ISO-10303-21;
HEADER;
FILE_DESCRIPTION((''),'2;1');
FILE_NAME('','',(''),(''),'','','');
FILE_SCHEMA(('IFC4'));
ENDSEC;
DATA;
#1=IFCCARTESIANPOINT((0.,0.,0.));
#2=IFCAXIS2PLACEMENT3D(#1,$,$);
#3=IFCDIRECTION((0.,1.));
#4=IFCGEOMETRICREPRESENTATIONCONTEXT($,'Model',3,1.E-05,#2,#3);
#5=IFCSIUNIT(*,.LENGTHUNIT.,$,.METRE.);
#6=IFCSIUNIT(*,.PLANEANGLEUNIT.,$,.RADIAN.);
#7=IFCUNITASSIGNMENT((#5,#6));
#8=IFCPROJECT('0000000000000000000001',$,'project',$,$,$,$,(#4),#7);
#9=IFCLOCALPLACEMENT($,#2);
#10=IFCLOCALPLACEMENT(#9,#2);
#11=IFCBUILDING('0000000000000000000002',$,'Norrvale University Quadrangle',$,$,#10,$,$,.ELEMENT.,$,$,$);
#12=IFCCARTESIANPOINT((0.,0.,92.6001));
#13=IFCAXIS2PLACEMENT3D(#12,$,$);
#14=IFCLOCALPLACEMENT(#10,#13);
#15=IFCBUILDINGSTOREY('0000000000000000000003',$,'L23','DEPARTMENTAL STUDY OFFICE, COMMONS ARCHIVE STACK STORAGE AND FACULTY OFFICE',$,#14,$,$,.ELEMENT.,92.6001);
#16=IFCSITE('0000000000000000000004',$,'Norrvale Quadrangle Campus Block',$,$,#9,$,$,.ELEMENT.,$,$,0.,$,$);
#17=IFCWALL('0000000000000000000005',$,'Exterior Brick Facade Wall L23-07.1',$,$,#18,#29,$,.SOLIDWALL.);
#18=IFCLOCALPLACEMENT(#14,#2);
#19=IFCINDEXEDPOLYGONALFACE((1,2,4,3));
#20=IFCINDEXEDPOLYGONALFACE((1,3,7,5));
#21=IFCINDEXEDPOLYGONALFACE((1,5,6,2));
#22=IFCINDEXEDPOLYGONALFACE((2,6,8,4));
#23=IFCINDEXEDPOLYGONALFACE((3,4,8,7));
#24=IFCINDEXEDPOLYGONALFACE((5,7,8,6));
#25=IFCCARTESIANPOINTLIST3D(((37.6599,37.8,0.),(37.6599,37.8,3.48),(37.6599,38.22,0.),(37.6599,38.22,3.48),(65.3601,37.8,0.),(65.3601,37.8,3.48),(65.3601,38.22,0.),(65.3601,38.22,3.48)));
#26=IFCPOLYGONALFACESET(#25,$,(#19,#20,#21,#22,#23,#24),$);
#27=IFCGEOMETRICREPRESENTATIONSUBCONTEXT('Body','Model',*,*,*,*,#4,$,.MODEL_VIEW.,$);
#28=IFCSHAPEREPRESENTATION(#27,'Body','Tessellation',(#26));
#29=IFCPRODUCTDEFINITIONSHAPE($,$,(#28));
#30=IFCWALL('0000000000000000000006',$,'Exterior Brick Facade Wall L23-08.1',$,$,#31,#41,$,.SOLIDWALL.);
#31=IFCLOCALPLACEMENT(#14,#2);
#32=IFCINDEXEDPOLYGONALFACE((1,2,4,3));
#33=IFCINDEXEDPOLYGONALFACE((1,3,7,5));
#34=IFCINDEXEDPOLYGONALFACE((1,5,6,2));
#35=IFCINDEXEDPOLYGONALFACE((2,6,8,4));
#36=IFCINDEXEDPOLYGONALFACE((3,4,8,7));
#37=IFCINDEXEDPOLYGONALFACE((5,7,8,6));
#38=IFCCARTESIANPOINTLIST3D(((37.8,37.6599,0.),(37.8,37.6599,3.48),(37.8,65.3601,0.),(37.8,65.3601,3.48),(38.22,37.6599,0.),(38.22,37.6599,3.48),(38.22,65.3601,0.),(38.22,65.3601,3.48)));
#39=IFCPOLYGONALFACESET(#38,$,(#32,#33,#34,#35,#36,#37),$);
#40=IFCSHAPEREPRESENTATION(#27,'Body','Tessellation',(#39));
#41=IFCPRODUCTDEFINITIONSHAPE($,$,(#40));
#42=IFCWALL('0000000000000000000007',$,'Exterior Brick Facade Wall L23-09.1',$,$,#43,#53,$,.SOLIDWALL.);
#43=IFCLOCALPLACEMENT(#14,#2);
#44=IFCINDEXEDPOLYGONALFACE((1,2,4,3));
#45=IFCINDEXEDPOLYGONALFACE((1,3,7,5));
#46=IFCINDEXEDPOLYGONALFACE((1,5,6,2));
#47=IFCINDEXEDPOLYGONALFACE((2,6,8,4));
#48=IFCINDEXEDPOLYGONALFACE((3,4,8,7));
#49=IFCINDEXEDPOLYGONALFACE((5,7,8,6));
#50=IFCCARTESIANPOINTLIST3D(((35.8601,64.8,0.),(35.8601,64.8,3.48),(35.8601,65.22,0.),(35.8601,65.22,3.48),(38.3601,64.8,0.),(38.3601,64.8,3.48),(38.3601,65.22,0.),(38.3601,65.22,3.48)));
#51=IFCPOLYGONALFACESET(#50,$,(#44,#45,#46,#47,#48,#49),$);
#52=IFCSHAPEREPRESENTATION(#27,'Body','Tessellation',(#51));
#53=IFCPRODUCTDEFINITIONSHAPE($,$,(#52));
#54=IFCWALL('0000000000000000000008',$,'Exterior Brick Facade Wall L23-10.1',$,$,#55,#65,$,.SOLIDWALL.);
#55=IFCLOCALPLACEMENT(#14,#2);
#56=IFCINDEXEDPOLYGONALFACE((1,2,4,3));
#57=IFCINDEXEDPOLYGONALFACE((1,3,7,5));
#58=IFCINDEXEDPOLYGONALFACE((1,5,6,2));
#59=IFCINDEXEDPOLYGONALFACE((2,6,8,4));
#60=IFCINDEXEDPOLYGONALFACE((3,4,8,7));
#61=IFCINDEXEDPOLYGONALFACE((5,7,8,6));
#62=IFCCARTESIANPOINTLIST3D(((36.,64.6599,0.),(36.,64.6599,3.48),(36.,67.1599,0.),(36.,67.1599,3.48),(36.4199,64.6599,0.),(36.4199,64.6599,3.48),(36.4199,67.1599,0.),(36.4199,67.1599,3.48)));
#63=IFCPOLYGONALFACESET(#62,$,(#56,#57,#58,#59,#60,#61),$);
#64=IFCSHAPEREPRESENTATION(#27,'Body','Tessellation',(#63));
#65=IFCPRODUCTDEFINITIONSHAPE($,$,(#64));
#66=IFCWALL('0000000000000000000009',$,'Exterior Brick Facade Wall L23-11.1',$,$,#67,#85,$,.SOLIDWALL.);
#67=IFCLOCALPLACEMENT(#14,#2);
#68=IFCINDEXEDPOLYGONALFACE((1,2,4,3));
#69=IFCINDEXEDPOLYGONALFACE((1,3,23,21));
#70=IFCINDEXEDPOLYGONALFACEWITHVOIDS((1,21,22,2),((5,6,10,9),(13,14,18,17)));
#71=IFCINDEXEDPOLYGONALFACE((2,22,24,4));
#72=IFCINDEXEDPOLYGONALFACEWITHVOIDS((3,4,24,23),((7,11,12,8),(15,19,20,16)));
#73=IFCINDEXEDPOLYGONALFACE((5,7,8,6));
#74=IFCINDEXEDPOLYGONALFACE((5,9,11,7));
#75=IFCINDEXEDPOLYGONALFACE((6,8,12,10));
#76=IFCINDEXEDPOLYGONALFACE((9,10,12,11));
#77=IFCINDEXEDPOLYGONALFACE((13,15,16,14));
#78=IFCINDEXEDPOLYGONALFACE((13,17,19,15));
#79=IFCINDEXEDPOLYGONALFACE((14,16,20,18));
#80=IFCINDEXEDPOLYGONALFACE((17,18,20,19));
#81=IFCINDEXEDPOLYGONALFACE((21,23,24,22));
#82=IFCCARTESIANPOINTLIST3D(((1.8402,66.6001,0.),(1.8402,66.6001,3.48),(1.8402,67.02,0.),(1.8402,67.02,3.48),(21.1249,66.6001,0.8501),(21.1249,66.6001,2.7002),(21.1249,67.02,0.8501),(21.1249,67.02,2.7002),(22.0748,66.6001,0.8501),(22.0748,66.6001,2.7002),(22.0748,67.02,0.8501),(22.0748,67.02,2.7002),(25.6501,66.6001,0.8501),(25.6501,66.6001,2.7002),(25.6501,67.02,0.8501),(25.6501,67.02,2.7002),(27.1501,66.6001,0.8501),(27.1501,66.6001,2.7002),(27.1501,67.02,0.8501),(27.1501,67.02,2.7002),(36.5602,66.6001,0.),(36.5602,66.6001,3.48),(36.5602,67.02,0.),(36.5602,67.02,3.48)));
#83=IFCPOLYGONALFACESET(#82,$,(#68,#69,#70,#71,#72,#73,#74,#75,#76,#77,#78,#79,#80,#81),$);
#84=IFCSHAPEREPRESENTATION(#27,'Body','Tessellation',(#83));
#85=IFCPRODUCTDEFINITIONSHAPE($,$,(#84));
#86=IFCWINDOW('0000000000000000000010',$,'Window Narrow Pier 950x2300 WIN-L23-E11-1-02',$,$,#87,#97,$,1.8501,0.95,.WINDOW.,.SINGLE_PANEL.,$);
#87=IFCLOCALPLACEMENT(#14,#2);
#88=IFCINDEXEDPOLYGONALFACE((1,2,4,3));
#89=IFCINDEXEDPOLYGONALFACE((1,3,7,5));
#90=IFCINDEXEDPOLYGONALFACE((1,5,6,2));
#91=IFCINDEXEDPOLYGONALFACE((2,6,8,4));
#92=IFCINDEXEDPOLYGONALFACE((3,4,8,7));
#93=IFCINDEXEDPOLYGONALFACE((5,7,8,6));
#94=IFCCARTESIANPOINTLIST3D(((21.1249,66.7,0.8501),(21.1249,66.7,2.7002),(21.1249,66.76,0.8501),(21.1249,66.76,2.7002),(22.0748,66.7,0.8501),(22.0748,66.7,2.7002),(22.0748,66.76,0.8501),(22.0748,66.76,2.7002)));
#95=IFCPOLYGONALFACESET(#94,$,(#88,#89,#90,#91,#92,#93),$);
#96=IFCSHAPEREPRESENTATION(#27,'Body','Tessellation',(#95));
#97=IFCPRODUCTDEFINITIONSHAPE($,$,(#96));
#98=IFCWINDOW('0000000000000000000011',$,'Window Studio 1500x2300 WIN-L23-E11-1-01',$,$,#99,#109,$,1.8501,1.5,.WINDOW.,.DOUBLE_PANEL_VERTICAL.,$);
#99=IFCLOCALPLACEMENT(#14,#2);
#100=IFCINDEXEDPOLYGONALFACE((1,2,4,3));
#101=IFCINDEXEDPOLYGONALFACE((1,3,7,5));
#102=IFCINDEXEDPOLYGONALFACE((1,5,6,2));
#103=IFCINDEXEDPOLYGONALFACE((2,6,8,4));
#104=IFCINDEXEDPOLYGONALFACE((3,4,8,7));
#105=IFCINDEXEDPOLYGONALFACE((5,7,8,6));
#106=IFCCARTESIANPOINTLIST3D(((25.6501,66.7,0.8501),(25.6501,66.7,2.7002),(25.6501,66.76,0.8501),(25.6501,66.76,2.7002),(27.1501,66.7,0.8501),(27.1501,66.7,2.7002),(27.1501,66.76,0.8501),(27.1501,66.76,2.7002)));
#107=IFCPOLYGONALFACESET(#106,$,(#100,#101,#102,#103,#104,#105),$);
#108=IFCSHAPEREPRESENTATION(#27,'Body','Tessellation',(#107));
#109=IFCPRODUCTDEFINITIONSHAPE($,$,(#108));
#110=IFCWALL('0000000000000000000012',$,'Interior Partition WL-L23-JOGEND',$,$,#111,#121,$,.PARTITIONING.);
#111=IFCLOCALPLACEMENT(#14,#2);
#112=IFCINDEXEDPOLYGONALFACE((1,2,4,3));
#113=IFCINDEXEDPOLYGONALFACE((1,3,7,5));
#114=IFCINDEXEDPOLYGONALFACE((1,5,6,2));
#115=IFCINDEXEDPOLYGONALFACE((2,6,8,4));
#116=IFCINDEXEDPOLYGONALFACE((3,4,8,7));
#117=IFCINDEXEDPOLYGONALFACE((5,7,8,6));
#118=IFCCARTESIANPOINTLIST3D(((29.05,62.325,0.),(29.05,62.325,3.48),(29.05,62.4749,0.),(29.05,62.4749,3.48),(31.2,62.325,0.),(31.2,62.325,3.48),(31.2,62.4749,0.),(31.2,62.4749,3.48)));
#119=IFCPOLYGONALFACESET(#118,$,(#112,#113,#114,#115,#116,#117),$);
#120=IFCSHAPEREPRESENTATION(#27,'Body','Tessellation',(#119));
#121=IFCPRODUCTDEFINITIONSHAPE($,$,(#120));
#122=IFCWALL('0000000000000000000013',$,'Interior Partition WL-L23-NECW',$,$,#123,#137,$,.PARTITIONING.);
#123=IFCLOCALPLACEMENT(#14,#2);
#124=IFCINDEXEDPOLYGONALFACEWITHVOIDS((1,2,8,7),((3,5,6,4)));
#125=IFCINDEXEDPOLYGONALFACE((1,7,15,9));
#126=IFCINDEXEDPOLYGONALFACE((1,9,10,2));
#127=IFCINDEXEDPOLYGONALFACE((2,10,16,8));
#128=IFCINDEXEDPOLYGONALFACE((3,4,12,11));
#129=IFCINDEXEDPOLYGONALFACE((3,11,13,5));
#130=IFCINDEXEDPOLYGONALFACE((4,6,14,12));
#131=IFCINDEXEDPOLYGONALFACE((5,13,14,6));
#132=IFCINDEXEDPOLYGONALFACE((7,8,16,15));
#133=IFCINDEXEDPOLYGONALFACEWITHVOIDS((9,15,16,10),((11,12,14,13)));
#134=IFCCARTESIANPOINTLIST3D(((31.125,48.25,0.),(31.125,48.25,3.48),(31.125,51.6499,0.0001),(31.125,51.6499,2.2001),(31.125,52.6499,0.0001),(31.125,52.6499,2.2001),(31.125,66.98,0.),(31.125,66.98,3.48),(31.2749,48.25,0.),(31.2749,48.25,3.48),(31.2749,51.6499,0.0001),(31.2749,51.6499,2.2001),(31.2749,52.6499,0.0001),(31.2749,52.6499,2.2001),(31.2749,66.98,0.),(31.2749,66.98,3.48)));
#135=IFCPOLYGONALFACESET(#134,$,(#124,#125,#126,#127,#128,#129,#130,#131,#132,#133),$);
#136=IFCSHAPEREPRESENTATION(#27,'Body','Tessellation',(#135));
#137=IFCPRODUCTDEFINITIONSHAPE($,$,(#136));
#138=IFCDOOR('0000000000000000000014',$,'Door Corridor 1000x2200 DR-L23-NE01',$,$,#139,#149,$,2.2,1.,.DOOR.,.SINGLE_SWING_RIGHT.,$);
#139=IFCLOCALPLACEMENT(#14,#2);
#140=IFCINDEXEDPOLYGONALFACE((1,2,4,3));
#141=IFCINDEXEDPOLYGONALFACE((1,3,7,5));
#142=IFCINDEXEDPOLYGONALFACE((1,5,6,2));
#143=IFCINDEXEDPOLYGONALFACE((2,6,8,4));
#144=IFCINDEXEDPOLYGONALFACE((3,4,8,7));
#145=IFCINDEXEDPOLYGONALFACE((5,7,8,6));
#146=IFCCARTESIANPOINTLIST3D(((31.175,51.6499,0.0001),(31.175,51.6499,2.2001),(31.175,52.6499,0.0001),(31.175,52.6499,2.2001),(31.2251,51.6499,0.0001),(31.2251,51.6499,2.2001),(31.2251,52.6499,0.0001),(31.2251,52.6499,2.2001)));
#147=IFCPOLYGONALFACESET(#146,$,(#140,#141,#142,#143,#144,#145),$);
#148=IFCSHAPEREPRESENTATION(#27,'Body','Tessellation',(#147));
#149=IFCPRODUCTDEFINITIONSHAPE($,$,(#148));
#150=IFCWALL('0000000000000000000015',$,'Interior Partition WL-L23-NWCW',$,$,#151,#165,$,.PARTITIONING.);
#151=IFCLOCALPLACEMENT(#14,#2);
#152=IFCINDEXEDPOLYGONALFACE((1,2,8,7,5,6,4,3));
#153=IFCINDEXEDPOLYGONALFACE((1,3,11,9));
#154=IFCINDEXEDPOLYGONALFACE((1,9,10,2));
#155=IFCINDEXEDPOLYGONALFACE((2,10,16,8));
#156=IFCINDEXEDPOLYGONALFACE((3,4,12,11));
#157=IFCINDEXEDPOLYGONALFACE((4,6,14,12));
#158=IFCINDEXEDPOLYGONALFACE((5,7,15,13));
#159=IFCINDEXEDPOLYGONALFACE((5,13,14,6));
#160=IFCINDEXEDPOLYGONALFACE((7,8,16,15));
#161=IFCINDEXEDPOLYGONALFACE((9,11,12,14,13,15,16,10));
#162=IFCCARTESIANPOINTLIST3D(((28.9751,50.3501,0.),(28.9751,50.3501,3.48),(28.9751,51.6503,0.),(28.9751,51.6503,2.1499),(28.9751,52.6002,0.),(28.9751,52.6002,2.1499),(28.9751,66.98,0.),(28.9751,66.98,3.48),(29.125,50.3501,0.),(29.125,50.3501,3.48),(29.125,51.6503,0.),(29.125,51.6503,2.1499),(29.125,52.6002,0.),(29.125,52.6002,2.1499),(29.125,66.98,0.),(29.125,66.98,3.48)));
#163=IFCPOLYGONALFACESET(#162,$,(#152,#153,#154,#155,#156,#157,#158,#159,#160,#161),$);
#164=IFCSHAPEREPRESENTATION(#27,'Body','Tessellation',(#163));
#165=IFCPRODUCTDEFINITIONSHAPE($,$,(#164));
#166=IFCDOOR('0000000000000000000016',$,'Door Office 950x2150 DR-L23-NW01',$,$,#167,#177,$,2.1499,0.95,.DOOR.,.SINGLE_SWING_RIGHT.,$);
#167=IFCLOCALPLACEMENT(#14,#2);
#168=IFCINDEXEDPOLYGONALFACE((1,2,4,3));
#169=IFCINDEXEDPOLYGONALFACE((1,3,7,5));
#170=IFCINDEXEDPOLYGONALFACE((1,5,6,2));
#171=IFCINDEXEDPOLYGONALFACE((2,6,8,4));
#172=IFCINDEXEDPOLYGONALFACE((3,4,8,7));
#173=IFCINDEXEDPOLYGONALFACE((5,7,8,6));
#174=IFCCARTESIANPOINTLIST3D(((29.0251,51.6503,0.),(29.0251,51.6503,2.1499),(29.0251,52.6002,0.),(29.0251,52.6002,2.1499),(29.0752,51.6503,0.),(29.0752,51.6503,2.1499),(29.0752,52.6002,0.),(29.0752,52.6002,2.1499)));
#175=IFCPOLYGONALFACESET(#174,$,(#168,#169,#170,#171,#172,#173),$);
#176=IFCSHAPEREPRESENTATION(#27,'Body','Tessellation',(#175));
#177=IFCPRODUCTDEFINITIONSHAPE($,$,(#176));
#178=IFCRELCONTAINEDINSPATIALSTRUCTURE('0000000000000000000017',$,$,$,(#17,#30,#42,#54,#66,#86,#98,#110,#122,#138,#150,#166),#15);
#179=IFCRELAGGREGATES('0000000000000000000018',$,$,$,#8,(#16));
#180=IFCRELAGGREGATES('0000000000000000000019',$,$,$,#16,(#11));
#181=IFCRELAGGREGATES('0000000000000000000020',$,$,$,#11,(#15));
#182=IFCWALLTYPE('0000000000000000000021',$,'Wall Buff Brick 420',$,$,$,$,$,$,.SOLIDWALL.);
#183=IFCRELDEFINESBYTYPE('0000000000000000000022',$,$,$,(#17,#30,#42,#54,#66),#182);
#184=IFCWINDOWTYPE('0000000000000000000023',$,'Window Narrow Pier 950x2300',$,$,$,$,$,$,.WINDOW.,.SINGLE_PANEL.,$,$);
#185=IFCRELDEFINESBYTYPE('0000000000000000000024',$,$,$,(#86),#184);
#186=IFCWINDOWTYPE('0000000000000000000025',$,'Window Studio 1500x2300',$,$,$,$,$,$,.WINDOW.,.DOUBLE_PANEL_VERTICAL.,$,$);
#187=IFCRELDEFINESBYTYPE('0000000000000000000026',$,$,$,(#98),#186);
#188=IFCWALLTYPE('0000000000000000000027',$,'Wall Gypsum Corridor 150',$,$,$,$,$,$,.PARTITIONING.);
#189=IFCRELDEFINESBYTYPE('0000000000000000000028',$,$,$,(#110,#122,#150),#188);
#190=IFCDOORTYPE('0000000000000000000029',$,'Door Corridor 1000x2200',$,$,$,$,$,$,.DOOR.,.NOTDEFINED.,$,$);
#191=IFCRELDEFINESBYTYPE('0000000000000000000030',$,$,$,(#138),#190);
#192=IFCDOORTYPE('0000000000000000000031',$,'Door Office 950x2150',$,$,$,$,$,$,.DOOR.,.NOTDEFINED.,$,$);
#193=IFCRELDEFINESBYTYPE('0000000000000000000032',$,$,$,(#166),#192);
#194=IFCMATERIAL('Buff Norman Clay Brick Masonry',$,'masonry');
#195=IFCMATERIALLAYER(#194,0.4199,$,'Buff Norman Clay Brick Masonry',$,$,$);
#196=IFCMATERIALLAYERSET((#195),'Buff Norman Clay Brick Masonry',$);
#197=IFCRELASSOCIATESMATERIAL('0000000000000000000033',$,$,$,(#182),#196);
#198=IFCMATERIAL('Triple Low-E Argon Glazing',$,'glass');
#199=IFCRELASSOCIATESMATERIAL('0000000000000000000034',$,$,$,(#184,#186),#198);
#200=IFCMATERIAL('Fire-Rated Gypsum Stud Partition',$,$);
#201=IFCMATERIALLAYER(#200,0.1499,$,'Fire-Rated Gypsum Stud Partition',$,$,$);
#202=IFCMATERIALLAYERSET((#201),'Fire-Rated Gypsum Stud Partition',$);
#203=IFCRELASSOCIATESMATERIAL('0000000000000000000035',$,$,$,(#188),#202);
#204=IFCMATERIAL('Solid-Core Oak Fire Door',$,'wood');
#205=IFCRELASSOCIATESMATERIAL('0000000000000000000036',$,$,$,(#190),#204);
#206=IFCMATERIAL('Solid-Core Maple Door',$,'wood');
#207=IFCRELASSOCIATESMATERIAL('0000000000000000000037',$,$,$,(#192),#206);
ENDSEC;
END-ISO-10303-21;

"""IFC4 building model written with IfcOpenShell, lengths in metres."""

from ifc_helpers import new_model, si_unit, direction, frame, frame_2d, origin, place, context, subcontext, project, spatial, rectangle, extrude, material, layer, layer_set, type_object, element, fill, save


model = new_model("IFC4")

# Units and contexts
model_context = context("Model", 3, precision=1e-05, world=origin(), true_north=direction((0.0, 1.0)))
body_context = subcontext(model_context, "Body", "Model", "MODEL_VIEW")
ifc_project = project(units=[si_unit("LENGTHUNIT", "METRE"), si_unit("PLANEANGLEUNIT", "RADIAN")], contexts=[model_context])

# Site, building, storey
site_placement = place(None, origin())
site = spatial("IfcSite", under=ifc_project, at=site_placement, Name="Norrvale Quadrangle Campus Block", CompositionType="ELEMENT", RefElevation=0.0)
building_placement = place(site_placement, origin())
building = spatial("IfcBuilding", under=site, at=building_placement, Name="Norrvale University Quadrangle", CompositionType="ELEMENT")
storey_placement = place(building_placement, frame((0.0, 0.0, 92.6001)))
storey = spatial("IfcBuildingStorey", under=building, at=storey_placement, Name="L23", Description="DEPARTMENTAL STUDY OFFICE, COMMONS ARCHIVE STACK STORAGE AND FACULTY OFFICE", CompositionType="ELEMENT", Elevation=92.6001)

# Walls
ifc_material_1 = material(Name="Buff Norman Clay Brick Masonry", Category="masonry")
ifc_layer_1 = layer(ifc_material_1, 0.4199, Name="Buff Norman Clay Brick Masonry")
ifc_layer_set_1 = layer_set([ifc_layer_1], Name="Buff Norman Clay Brick Masonry")
wall_type_1 = type_object("IfcWallType", Name="Wall Buff Brick 420", PredefinedType="SOLIDWALL", material=ifc_layer_set_1)
for number, where, z_axis, x_axis, name in (
    (1, (65.3601, 38.01, 0.0), (0.0, 0.0, 1.0), (-1.0, 0.0, 0.0), "Exterior Brick Facade Wall L23-07.1"),
    (2, (38.01, 37.6599, 0.0), (0.0, 0.0, 1.0), (0.0, 1.0, 0.0), "Exterior Brick Facade Wall L23-08.1"),
):
    element("IfcWall", number, at=place(storey_placement, frame(where, z_axis=z_axis, x_axis=x_axis)), inside=storey, type_object=wall_type_1, Name=name, PredefinedType="SOLIDWALL", context=body_context, shape_type="SweptSolid", body=[
        extrude(rectangle(XDim=27.7002, YDim=0.4199, at=frame_2d((13.8501, 0.0))), origin(), (0.0, 0.0, 1.0), 3.48),
    ])
for number, where, z_axis, x_axis, name in (
    (3, (38.3601, 65.01, 0.0), (0.0, 0.0, 1.0), (-1.0, 0.0, 0.0), "Exterior Brick Facade Wall L23-09.1"),
    (4, (36.21, 64.6599, 0.0), (0.0, 0.0, 1.0), (0.0, 1.0, 0.0), "Exterior Brick Facade Wall L23-10.1"),
):
    element("IfcWall", number, at=place(storey_placement, frame(where, z_axis=z_axis, x_axis=x_axis)), inside=storey, type_object=wall_type_1, Name=name, PredefinedType="SOLIDWALL", context=body_context, shape_type="SweptSolid", body=[
        extrude(rectangle(XDim=2.5, YDim=0.4199, at=frame_2d((1.25, 0.0))), origin(), (0.0, 0.0, 1.0), 3.48),
    ])

# Wall, openings, windows
wall_1_placement = place(storey_placement, frame((36.5601, 66.8101, 0.0), z_axis=(0.0, 0.0, 1.0), x_axis=(-1.0, 0.0, 0.0)))
wall_1 = element("IfcWall", 5, at=wall_1_placement, inside=storey, type_object=wall_type_1, Name="Exterior Brick Facade Wall L23-11.1", PredefinedType="SOLIDWALL", context=body_context, shape_type="SweptSolid", body=[
    extrude(rectangle(XDim=34.72, YDim=0.4199, at=frame_2d((17.3599, 0.0))), origin(), (0.0, 0.0, 1.0), 3.48),
])
opening_1_placement = place(wall_1_placement, frame((9.4099, 0.0, 0.8501)))
opening_1 = element("IfcOpeningElement", 6, at=opening_1_placement, cuts=wall_1, PredefinedType="OPENING", context=body_context, shape_type="SweptSolid", body=[
    extrude(rectangle(XDim=1.5, YDim=1.8501, at=frame_2d((0.75, 0.925))), frame((0.0, 0.2219, 0.0), z_axis=(0.0, -1.0, 0.0), x_axis=(1.0, 0.0, 0.0)), (0.0, 0.0, 1.0), 0.4438),
])
opening_2_placement = place(wall_1_placement, frame((14.4851, 0.0, 0.8501)))
opening_2 = element("IfcOpeningElement", 7, at=opening_2_placement, cuts=wall_1, PredefinedType="OPENING", context=body_context, shape_type="SweptSolid", body=[
    extrude(rectangle(XDim=0.95, YDim=1.8501, at=frame_2d((0.4751, 0.925))), frame((0.0, 0.2219, 0.0), z_axis=(0.0, -1.0, 0.0), x_axis=(1.0, 0.0, 0.0)), (0.0, 0.0, 1.0), 0.4438),
])
ifc_material_2 = material(Name="Triple Low-E Argon Glazing", Category="glass")
window_type_1 = type_object("IfcWindowType", Name="Window Narrow Pier 950x2300", PartitioningType="SINGLE_PANEL", PredefinedType="WINDOW", material=ifc_material_2)
window_1_placement = place(opening_2_placement, origin())
window_1 = element("IfcWindow", 8, at=window_1_placement, inside=storey, type_object=window_type_1, Name="Window Narrow Pier 950x2300 WIN-L23-E11-1-02", OverallHeight=1.8501, OverallWidth=0.95, PartitioningType="SINGLE_PANEL", PredefinedType="WINDOW", context=body_context, shape_type="SweptSolid", body=[
    extrude(rectangle(XDim=0.95, YDim=1.8501, at=frame_2d((0.4751, 0.925))), frame((0.0, 0.1101, 0.0), z_axis=(0.0, -1.0, 0.0), x_axis=(1.0, 0.0, 0.0)), (0.0, 0.0, 1.0), 0.0601),
])
fill(opening_2, window_1)
window_type_2 = type_object("IfcWindowType", Name="Window Studio 1500x2300", PartitioningType="DOUBLE_PANEL_VERTICAL", PredefinedType="WINDOW", material=ifc_material_2)
window_2_placement = place(opening_1_placement, origin())
window_2 = element("IfcWindow", 9, at=window_2_placement, inside=storey, type_object=window_type_2, Name="Window Studio 1500x2300 WIN-L23-E11-1-01", OverallHeight=1.8501, OverallWidth=1.5, PartitioningType="DOUBLE_PANEL_VERTICAL", PredefinedType="WINDOW", context=body_context, shape_type="SweptSolid", body=[
    extrude(rectangle(XDim=1.5, YDim=1.8501, at=frame_2d((0.75, 0.925))), frame((0.0, 0.1101, 0.0), z_axis=(0.0, -1.0, 0.0), x_axis=(1.0, 0.0, 0.0)), (0.0, 0.0, 1.0), 0.0601),
])
fill(opening_1, window_2)

# Wall
ifc_material_3 = material(Name="Fire-Rated Gypsum Stud Partition")
ifc_layer_2 = layer(ifc_material_3, 0.1499, Name="Fire-Rated Gypsum Stud Partition")
ifc_layer_set_2 = layer_set([ifc_layer_2], Name="Fire-Rated Gypsum Stud Partition")
wall_type_2 = type_object("IfcWallType", Name="Wall Gypsum Corridor 150", PredefinedType="PARTITIONING", material=ifc_layer_set_2)
wall_2_placement = place(storey_placement, frame((29.05, 62.3999, 0.0), z_axis=(0.0, 0.0, 1.0), x_axis=(1.0, 0.0, 0.0)))
element("IfcWall", 10, at=wall_2_placement, inside=storey, type_object=wall_type_2, Name="Interior Partition WL-L23-JOGEND", PredefinedType="PARTITIONING", context=body_context, shape_type="SweptSolid", body=[
    extrude(rectangle(XDim=2.1499, YDim=0.1499, at=frame_2d((1.075, 0.0))), origin(), (0.0, 0.0, 1.0), 3.48),
])

# Walls, openings, doors
wall_3_placement = place(storey_placement, frame((31.2, 48.25, 0.0), z_axis=(0.0, 0.0, 1.0), x_axis=(0.0, 1.0, 0.0)))
wall_3 = element("IfcWall", 11, at=wall_3_placement, inside=storey, type_object=wall_type_2, Name="Interior Partition WL-L23-NECW", PredefinedType="PARTITIONING", context=body_context, shape_type="SweptSolid", body=[
    extrude(rectangle(XDim=18.73, YDim=0.1499, at=frame_2d((9.365, 0.0))), origin(), (0.0, 0.0, 1.0), 3.48),
])
opening_3_placement = place(wall_3_placement, frame((3.3999, 0.0, 0.0)))
opening_3 = element("IfcOpeningElement", 12, at=opening_3_placement, cuts=wall_3, PredefinedType="OPENING", context=body_context, shape_type="SweptSolid", body=[
    extrude(rectangle(XDim=1.0, YDim=2.2, at=frame_2d((0.5, 1.1001))), frame((0.0, 0.0869, 0.0), z_axis=(0.0, -1.0, 0.0), x_axis=(1.0, 0.0, 0.0)), (0.0, 0.0, 1.0), 0.1738),
])
ifc_material_4 = material(Name="Solid-Core Oak Fire Door", Category="wood")
door_type_1 = type_object("IfcDoorType", Name="Door Corridor 1000x2200", OperationType="NOTDEFINED", PredefinedType="DOOR", material=ifc_material_4)
door_1_placement = place(opening_3_placement, origin())
door_1 = element("IfcDoor", 13, at=door_1_placement, inside=storey, type_object=door_type_1, Name="Door Corridor 1000x2200 DR-L23-NE01", OperationType="SINGLE_SWING_RIGHT", OverallHeight=2.2, OverallWidth=1.0, PredefinedType="DOOR", context=body_context, shape_type="SweptSolid", body=[
    extrude(rectangle(XDim=1.0, YDim=2.2, at=frame_2d((0.5, 1.1001))), frame((0.0, 0.0249, 0.0), z_axis=(0.0, -1.0, 0.0), x_axis=(1.0, 0.0, 0.0)), (0.0, 0.0, 1.0), 0.05),
])
fill(opening_3, door_1)
wall_4_placement = place(storey_placement, frame((29.05, 50.3501, 0.0), z_axis=(0.0, 0.0, 1.0), x_axis=(0.0, 1.0, 0.0)))
wall_4 = element("IfcWall", 14, at=wall_4_placement, inside=storey, type_object=wall_type_2, Name="Interior Partition WL-L23-NWCW", PredefinedType="PARTITIONING", context=body_context, shape_type="SweptSolid", body=[
    extrude(rectangle(XDim=16.6299, YDim=0.1499, at=frame_2d((8.3149, 0.0))), origin(), (0.0, 0.0, 1.0), 3.48),
])
opening_4_placement = place(wall_4_placement, frame((1.3, 0.0, 0.0)))
opening_4 = element("IfcOpeningElement", 15, at=opening_4_placement, cuts=wall_4, PredefinedType="OPENING", context=body_context, shape_type="SweptSolid", body=[
    extrude(rectangle(XDim=0.95, YDim=2.1499, at=frame_2d((0.4751, 1.075))), frame((0.0, 0.0869, 0.0), z_axis=(0.0, -1.0, 0.0), x_axis=(1.0, 0.0, 0.0)), (0.0, 0.0, 1.0), 0.1738),
])
ifc_material_5 = material(Name="Solid-Core Maple Door", Category="wood")
door_type_2 = type_object("IfcDoorType", Name="Door Office 950x2150", OperationType="NOTDEFINED", PredefinedType="DOOR", material=ifc_material_5)
door_2_placement = place(opening_4_placement, origin())
door_2 = element("IfcDoor", 16, at=door_2_placement, inside=storey, type_object=door_type_2, Name="Door Office 950x2150 DR-L23-NW01", OperationType="SINGLE_SWING_RIGHT", OverallHeight=2.1499, OverallWidth=0.95, PredefinedType="DOOR", context=body_context, shape_type="SweptSolid", body=[
    extrude(rectangle(XDim=0.95, YDim=2.1499, at=frame_2d((0.4751, 1.075))), frame((0.0, 0.0249, 0.0), z_axis=(0.0, -1.0, 0.0), x_axis=(1.0, 0.0, 0.0)), (0.0, 0.0, 1.0), 0.05),
])
fill(opening_4, door_2)

save(model, "model.ifc")
